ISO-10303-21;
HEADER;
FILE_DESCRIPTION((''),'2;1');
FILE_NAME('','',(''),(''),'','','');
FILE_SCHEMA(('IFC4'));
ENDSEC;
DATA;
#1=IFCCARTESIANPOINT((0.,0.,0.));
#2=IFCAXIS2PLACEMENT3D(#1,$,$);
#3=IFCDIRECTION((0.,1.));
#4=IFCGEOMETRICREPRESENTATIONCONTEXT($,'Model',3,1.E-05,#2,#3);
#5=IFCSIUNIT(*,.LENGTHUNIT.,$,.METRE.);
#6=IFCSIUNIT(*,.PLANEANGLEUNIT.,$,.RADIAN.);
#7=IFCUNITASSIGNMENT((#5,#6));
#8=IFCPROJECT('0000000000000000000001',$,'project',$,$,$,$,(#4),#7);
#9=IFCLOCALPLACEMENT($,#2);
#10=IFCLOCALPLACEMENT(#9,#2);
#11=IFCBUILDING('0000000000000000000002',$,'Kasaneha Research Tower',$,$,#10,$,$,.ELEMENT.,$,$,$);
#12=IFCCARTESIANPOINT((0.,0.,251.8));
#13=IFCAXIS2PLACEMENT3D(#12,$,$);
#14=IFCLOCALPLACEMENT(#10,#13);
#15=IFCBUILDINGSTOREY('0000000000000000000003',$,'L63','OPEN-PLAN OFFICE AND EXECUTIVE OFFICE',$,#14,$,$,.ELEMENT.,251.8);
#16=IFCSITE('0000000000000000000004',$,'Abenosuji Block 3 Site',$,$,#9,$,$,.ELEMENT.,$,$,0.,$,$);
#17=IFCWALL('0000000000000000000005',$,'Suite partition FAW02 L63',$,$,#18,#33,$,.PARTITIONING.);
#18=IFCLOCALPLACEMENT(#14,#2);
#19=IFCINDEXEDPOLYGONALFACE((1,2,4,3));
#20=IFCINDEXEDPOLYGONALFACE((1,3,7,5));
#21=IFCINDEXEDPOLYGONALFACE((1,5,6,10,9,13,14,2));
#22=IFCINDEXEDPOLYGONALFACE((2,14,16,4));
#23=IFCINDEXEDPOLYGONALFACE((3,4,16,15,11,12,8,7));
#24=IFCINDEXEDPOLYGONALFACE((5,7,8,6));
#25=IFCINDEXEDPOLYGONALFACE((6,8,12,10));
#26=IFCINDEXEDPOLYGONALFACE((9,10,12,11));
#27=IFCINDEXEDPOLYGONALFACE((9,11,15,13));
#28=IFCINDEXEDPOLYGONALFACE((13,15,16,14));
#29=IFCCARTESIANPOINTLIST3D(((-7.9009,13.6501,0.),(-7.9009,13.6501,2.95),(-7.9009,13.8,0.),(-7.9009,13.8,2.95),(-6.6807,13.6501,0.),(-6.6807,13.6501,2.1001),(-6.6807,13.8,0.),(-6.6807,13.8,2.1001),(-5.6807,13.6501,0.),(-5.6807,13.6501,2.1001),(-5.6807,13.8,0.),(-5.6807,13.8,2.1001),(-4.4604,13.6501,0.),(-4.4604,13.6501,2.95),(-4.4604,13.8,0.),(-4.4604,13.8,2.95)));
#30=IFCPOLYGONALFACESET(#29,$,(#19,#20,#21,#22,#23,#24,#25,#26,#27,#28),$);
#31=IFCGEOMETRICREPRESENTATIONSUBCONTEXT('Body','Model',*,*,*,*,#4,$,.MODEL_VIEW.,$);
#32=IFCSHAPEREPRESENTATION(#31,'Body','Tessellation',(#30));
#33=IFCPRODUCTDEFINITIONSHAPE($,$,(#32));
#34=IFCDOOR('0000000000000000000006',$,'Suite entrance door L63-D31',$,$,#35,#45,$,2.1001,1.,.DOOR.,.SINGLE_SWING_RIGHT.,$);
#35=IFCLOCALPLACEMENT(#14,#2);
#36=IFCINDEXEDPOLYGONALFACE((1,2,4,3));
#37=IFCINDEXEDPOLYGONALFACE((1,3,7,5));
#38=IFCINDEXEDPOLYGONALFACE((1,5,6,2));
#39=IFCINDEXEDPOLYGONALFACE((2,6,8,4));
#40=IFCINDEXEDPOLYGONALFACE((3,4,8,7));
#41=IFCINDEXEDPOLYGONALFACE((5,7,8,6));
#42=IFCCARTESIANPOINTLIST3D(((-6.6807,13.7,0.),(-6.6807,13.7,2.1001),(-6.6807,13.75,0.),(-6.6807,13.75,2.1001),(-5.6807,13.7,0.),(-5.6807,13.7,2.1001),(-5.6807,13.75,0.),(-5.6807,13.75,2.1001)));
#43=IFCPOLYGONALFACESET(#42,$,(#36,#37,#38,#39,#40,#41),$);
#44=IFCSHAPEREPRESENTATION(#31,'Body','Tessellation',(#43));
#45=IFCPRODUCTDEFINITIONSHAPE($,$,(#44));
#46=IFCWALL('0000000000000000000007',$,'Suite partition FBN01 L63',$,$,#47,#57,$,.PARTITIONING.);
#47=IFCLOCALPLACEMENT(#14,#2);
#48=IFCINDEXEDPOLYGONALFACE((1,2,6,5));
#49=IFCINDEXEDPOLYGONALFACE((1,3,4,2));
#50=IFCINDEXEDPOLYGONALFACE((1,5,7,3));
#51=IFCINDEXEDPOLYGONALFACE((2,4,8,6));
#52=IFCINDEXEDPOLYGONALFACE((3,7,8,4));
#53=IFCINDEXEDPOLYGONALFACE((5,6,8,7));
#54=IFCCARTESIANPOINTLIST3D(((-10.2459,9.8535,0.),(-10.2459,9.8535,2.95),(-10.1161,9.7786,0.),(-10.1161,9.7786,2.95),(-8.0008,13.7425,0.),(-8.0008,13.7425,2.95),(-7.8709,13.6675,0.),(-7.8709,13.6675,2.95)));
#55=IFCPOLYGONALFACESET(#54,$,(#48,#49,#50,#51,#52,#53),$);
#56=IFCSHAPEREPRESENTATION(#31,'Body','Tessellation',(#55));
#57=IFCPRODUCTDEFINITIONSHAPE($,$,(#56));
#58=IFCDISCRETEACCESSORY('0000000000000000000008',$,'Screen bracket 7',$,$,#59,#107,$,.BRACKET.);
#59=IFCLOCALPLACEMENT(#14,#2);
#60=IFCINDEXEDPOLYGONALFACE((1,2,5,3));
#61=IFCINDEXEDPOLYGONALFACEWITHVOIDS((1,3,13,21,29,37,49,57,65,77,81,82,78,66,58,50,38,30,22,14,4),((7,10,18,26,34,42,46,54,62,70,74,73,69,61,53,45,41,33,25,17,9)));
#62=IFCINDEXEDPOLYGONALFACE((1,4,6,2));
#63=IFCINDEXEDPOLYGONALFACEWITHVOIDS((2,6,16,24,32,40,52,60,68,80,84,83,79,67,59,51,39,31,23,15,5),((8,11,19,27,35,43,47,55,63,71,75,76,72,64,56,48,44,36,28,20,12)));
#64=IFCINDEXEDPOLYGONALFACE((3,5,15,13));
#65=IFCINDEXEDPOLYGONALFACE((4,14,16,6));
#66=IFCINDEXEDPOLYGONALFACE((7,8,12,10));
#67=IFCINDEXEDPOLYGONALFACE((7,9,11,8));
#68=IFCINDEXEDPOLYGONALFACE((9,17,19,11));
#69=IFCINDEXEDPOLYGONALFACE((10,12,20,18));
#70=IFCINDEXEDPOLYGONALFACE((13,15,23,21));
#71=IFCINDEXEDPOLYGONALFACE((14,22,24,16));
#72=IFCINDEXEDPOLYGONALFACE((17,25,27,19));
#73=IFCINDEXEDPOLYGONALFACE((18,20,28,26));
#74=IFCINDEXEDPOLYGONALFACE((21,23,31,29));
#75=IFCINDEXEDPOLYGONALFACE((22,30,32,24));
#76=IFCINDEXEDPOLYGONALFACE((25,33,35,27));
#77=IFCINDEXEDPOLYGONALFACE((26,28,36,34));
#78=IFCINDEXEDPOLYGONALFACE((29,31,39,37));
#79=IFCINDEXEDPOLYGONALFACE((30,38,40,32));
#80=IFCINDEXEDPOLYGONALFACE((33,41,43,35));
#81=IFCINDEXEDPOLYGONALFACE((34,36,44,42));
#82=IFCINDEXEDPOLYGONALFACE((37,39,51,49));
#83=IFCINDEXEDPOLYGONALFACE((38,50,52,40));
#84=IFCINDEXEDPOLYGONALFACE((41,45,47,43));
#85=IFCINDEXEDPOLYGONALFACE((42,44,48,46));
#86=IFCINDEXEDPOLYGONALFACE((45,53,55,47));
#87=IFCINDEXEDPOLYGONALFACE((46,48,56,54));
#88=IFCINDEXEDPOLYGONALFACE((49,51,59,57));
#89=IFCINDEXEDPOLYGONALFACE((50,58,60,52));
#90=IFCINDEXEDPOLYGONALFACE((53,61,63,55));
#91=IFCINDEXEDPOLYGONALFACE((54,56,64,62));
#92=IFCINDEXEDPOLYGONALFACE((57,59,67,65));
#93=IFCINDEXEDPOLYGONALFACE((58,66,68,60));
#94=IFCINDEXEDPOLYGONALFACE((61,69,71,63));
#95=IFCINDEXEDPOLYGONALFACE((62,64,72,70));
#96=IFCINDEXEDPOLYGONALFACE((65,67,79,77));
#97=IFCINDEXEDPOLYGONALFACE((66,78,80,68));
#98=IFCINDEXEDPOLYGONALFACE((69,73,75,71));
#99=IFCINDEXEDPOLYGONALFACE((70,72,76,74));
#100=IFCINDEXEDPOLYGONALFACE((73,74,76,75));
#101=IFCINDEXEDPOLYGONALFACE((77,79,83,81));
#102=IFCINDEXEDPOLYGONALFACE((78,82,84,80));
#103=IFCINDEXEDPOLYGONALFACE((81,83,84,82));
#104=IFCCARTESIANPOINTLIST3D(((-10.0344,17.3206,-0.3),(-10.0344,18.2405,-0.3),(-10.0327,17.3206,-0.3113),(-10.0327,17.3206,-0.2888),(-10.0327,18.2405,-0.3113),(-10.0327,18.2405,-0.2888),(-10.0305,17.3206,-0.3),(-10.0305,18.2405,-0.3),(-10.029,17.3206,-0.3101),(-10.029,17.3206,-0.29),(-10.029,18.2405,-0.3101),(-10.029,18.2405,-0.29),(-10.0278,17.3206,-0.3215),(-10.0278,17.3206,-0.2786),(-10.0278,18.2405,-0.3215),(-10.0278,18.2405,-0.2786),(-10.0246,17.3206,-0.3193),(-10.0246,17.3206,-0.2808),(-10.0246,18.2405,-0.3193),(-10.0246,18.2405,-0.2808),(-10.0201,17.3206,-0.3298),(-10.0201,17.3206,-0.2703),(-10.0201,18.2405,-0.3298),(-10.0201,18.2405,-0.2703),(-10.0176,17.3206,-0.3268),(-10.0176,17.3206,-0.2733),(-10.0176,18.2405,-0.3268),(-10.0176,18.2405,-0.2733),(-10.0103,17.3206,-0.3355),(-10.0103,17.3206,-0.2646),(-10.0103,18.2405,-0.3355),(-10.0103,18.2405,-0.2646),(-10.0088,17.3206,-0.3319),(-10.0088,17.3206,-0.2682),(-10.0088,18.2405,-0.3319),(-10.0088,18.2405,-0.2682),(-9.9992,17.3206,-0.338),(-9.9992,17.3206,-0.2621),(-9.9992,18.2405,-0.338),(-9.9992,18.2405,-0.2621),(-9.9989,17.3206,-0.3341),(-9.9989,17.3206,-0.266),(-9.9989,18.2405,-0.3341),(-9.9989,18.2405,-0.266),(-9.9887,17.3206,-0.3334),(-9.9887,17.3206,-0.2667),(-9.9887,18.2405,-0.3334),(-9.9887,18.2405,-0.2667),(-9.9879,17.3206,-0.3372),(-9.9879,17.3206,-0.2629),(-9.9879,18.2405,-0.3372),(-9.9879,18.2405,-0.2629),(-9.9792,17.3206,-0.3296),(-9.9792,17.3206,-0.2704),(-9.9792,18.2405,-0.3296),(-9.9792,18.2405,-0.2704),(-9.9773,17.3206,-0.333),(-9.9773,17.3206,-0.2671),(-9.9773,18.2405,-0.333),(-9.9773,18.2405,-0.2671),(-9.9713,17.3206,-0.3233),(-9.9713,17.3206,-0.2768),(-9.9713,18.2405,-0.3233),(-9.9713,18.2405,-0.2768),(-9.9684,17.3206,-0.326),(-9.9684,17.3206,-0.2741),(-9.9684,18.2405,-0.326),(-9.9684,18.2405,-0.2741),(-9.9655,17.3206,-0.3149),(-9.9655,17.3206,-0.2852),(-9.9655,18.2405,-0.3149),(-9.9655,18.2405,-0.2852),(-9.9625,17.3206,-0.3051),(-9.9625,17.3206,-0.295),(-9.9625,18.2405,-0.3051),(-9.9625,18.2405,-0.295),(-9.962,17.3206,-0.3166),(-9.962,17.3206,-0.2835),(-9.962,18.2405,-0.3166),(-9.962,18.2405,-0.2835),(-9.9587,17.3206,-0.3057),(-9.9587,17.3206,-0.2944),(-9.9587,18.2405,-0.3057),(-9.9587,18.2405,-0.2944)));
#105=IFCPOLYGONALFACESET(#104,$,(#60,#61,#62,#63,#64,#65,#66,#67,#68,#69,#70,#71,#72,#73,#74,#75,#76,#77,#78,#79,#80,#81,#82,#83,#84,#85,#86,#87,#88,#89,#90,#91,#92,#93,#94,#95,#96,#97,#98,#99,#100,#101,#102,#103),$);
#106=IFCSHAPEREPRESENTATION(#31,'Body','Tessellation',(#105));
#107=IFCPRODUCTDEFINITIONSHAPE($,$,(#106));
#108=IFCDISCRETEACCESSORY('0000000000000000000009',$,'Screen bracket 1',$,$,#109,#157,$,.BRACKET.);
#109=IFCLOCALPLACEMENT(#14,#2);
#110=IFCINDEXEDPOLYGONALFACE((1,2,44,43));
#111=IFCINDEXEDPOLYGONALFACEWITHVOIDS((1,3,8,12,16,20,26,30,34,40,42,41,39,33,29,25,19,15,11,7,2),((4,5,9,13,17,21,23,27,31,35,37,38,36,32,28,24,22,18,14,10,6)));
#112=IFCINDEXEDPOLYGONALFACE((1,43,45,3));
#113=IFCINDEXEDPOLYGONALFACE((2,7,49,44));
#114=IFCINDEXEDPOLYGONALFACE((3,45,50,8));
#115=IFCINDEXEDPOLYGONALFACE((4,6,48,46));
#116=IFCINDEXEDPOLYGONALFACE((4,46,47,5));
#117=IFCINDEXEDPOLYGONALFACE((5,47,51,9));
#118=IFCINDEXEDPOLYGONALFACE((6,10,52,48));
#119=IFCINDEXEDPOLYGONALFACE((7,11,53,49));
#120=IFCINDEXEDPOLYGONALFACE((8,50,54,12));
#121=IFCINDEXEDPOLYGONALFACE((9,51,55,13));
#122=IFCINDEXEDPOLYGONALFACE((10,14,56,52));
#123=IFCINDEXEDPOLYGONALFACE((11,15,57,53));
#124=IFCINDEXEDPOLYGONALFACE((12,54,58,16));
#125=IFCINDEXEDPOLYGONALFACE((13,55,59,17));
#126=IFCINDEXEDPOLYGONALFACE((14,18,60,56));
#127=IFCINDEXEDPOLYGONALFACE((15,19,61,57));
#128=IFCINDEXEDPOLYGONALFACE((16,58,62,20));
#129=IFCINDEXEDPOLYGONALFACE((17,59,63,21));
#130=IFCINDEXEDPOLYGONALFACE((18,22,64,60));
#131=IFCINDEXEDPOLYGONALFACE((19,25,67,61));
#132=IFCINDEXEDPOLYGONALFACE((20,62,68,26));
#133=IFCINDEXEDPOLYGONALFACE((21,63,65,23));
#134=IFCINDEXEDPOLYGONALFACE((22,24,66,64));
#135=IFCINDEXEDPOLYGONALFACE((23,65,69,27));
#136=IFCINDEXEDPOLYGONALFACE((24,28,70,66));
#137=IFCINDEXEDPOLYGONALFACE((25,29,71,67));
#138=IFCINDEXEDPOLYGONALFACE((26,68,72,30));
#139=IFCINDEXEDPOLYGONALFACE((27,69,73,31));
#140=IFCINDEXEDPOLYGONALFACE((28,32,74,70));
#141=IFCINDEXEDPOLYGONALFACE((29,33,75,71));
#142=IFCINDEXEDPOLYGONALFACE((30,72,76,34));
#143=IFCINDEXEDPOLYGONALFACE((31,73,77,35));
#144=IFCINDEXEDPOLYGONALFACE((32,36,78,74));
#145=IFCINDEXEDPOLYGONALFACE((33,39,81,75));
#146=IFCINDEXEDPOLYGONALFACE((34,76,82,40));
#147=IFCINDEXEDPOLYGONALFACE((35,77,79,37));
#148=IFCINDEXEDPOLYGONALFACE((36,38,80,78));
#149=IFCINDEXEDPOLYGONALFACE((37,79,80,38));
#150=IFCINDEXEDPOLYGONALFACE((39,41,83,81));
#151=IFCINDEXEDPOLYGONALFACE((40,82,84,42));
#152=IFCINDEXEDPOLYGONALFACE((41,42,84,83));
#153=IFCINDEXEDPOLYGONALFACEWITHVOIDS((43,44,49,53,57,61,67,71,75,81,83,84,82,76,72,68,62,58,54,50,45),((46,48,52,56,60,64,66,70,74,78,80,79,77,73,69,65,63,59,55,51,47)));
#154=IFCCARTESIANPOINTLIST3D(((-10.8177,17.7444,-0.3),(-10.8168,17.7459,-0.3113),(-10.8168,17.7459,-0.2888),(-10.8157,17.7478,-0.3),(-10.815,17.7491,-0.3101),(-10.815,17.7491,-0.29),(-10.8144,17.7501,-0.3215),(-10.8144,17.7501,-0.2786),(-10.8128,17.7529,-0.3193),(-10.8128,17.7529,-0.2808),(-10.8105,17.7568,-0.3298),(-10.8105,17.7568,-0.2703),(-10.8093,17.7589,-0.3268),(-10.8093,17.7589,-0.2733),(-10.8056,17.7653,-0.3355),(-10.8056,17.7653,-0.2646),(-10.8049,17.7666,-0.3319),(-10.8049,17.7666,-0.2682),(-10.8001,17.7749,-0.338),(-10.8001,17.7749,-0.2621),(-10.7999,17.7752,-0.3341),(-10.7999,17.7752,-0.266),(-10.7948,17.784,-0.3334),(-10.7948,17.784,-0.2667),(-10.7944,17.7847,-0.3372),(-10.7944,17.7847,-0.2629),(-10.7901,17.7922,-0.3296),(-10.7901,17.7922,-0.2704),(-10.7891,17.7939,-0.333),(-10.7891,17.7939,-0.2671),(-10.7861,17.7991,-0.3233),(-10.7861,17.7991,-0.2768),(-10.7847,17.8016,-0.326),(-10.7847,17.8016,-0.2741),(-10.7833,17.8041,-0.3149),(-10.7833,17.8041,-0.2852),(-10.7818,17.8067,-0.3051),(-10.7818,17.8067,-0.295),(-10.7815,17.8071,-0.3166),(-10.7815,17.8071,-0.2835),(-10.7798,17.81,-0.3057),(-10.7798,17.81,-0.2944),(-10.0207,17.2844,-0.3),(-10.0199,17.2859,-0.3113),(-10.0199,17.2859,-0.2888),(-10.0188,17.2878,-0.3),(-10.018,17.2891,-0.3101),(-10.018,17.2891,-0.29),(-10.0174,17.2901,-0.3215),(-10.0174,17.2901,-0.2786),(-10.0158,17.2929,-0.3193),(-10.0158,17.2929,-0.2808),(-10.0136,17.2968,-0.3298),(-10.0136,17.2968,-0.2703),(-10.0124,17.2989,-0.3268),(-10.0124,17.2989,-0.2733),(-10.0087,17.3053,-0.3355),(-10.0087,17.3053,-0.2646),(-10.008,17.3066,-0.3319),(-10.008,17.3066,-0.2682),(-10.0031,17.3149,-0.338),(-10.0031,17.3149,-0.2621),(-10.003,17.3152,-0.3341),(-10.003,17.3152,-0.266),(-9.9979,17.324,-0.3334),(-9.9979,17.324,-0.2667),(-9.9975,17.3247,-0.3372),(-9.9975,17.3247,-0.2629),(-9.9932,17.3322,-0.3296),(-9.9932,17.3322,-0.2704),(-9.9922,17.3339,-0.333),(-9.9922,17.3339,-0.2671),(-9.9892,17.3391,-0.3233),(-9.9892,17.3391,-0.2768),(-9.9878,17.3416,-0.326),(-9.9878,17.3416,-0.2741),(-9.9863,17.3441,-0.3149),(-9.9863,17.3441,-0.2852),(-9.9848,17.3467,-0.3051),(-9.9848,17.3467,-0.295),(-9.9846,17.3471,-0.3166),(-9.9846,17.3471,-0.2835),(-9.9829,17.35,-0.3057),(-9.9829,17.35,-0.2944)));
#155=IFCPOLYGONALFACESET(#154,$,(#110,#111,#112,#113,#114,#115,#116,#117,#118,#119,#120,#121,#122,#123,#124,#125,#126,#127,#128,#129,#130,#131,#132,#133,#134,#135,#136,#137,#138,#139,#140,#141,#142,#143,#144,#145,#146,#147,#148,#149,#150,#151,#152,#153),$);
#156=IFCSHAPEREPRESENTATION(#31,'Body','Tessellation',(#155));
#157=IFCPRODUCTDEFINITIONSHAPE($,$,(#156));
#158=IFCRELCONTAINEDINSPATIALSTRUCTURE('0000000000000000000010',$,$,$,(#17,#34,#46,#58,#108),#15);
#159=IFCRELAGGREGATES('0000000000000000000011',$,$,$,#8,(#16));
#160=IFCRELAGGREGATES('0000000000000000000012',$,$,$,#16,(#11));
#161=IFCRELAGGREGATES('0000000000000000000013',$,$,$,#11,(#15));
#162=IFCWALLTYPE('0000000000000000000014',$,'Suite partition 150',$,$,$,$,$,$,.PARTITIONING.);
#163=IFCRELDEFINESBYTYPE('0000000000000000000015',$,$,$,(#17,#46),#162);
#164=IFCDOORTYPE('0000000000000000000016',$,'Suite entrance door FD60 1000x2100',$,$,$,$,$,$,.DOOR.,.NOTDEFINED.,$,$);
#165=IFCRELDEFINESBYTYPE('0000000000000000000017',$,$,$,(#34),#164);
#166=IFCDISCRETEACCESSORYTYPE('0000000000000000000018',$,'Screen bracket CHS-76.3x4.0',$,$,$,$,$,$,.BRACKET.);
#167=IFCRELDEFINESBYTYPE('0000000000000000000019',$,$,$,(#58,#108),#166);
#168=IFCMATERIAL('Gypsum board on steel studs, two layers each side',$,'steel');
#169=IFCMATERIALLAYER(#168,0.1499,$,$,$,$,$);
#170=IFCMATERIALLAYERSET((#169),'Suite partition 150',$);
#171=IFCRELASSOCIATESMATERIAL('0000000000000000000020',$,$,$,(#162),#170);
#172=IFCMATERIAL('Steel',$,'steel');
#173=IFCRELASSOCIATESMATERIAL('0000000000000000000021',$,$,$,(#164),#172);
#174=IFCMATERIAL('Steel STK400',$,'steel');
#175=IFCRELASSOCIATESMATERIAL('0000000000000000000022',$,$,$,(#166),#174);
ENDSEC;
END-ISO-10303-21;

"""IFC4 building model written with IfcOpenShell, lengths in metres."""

from ifc_helpers import new_model, si_unit, direction, frame, frame_2d, origin, origin_2d, place, context, subcontext, project, spatial, rectangle, hollow_circle, extrude, material, layer, layer_set, material_profile, profile_set, type_object, element, fill, save


model = new_model("IFC4")

# Units and contexts
model_context = context("Model", 3, precision=1e-05, world=origin(), true_north=direction((0.0, 1.0)))
body_context = subcontext(model_context, "Body", "Model", "MODEL_VIEW")
ifc_project = project(units=[si_unit("LENGTHUNIT", "METRE"), si_unit("PLANEANGLEUNIT", "RADIAN")], contexts=[model_context])

# Site, building, storey
site_placement = place(None, origin())
site = spatial("IfcSite", under=ifc_project, at=site_placement, Name="Abenosuji Block 3 Site", CompositionType="ELEMENT", RefElevation=0.0)
building_placement = place(site_placement, origin())
building = spatial("IfcBuilding", under=site, at=building_placement, Name="Kasaneha Research Tower", CompositionType="ELEMENT")
storey_placement = place(building_placement, frame((0.0, 0.0, 251.8)))
storey = spatial("IfcBuildingStorey", under=building, at=storey_placement, Name="L63", Description="OPEN-PLAN OFFICE AND EXECUTIVE OFFICE", CompositionType="ELEMENT", Elevation=251.8)

# Wall, opening, door
ifc_material_1 = material(Name="Gypsum board on steel studs, two layers each side", Category="steel")
ifc_layer_1 = layer(ifc_material_1, 0.1499)
ifc_layer_set_1 = layer_set([ifc_layer_1], Name="Suite partition 150")
wall_type_1 = type_object("IfcWallType", Name="Suite partition 150", PredefinedType="PARTITIONING", material=ifc_layer_set_1)
wall_1_placement = place(storey_placement, frame((-7.9009, 13.7251, 0.0), z_axis=(0.0, 0.0, 1.0), x_axis=(1.0, 0.0, 0.0)))
wall_1 = element("IfcWall", 1, at=wall_1_placement, inside=storey, type_object=wall_type_1, Name="Suite partition FAW02 L63", PredefinedType="PARTITIONING", context=body_context, shape_type="SweptSolid", body=[
    extrude(rectangle(XDim=3.4404, YDim=0.1499, at=frame_2d((1.7202, 0.0))), origin(), (0.0, 0.0, 1.0), 2.95),
])
opening_1_placement = place(wall_1_placement, frame((1.2202, 0.0, 0.0)))
opening_1 = element("IfcOpeningElement", 2, at=opening_1_placement, cuts=wall_1, PredefinedType="OPENING", context=body_context, shape_type="SweptSolid", body=[
    extrude(rectangle(XDim=1.0, YDim=2.1001, at=frame_2d((0.5, 1.05))), frame((0.0, 0.085, 0.0), z_axis=(0.0, -1.0, 0.0), x_axis=(1.0, 0.0, 0.0)), (0.0, 0.0, 1.0), 0.1699),
])
ifc_material_2 = material(Name="Steel", Category="steel")
door_type_1 = type_object("IfcDoorType", Name="Suite entrance door FD60 1000x2100", OperationType="NOTDEFINED", PredefinedType="DOOR", material=ifc_material_2)
door_1_placement = place(opening_1_placement, origin())
door_1 = element("IfcDoor", 3, at=door_1_placement, inside=storey, type_object=door_type_1, Name="Suite entrance door L63-D31", OperationType="SINGLE_SWING_RIGHT", OverallHeight=2.1001, OverallWidth=1.0, PredefinedType="DOOR", context=body_context, shape_type="SweptSolid", body=[
    extrude(rectangle(XDim=1.0, YDim=2.1001, at=frame_2d((0.5, 1.05))), frame((0.0, 0.0249, 0.0), z_axis=(0.0, -1.0, 0.0), x_axis=(1.0, 0.0, 0.0)), (0.0, 0.0, 1.0), 0.05),
])
fill(opening_1, door_1)

# Wall
wall_2_placement = place(storey_placement, frame((-10.1809, 9.8162, 0.0), z_axis=(0.0, 0.0, 1.0), x_axis=(0.499975, 0.86604, 0.0)))
element("IfcWall", 4, at=wall_2_placement, inside=storey, type_object=wall_type_1, Name="Suite partition FBN01 L63", PredefinedType="PARTITIONING", context=body_context, shape_type="SweptSolid", body=[
    extrude(rectangle(XDim=4.4905, YDim=0.1499, at=frame_2d((2.2451, 0.0))), origin(), (0.0, 0.0, 1.0), 2.95),
])

# Discrete accessories
ifc_material_3 = material(Name="Steel STK400", Category="steel")
ifc_material_profile_1 = material_profile(ifc_material_3, hollow_circle(Radius=0.0381, WallThickness=0.0039, at=origin_2d()), Name="CHS-76.3x4.0")
ifc_profile_set_1 = profile_set([ifc_material_profile_1], Name="Steel STK400")
discrete_accessory_type = type_object("IfcDiscreteAccessoryType", Name="Screen bracket CHS-76.3x4.0", PredefinedType="BRACKET", material=ifc_profile_set_1)
discrete_accessory_1_placement = place(storey_placement, frame((-9.9963, 17.3206, -0.3), z_axis=(0.0, 1.0, 0.0), x_axis=(-1.0, 0.0, 0.0)))
element("IfcDiscreteAccessory", 5, at=discrete_accessory_1_placement, inside=storey, type_object=discrete_accessory_type, Name="Screen bracket 7", PredefinedType="BRACKET", context=body_context, shape_type="SweptSolid", body=[
    extrude(hollow_circle(Radius=0.0381, WallThickness=0.0039, at=origin_2d()), origin(), (0.0, 0.0, 1.0), 0.9199),
])
discrete_accessory_2_placement = place(storey_placement, frame((-10.0017, 17.3174, -0.3), z_axis=(-0.86608, 0.499906, 0.0), x_axis=(-0.499906, -0.86608, 0.0)))
element("IfcDiscreteAccessory", 6, at=discrete_accessory_2_placement, inside=storey, type_object=discrete_accessory_type, Name="Screen bracket 1", PredefinedType="BRACKET", context=body_context, shape_type="SweptSolid", body=[
    extrude(hollow_circle(Radius=0.0381, WallThickness=0.0039, at=origin_2d()), origin(), (0.0, 0.0, 1.0), 0.9202),
])

save(model, "model.ifc")
